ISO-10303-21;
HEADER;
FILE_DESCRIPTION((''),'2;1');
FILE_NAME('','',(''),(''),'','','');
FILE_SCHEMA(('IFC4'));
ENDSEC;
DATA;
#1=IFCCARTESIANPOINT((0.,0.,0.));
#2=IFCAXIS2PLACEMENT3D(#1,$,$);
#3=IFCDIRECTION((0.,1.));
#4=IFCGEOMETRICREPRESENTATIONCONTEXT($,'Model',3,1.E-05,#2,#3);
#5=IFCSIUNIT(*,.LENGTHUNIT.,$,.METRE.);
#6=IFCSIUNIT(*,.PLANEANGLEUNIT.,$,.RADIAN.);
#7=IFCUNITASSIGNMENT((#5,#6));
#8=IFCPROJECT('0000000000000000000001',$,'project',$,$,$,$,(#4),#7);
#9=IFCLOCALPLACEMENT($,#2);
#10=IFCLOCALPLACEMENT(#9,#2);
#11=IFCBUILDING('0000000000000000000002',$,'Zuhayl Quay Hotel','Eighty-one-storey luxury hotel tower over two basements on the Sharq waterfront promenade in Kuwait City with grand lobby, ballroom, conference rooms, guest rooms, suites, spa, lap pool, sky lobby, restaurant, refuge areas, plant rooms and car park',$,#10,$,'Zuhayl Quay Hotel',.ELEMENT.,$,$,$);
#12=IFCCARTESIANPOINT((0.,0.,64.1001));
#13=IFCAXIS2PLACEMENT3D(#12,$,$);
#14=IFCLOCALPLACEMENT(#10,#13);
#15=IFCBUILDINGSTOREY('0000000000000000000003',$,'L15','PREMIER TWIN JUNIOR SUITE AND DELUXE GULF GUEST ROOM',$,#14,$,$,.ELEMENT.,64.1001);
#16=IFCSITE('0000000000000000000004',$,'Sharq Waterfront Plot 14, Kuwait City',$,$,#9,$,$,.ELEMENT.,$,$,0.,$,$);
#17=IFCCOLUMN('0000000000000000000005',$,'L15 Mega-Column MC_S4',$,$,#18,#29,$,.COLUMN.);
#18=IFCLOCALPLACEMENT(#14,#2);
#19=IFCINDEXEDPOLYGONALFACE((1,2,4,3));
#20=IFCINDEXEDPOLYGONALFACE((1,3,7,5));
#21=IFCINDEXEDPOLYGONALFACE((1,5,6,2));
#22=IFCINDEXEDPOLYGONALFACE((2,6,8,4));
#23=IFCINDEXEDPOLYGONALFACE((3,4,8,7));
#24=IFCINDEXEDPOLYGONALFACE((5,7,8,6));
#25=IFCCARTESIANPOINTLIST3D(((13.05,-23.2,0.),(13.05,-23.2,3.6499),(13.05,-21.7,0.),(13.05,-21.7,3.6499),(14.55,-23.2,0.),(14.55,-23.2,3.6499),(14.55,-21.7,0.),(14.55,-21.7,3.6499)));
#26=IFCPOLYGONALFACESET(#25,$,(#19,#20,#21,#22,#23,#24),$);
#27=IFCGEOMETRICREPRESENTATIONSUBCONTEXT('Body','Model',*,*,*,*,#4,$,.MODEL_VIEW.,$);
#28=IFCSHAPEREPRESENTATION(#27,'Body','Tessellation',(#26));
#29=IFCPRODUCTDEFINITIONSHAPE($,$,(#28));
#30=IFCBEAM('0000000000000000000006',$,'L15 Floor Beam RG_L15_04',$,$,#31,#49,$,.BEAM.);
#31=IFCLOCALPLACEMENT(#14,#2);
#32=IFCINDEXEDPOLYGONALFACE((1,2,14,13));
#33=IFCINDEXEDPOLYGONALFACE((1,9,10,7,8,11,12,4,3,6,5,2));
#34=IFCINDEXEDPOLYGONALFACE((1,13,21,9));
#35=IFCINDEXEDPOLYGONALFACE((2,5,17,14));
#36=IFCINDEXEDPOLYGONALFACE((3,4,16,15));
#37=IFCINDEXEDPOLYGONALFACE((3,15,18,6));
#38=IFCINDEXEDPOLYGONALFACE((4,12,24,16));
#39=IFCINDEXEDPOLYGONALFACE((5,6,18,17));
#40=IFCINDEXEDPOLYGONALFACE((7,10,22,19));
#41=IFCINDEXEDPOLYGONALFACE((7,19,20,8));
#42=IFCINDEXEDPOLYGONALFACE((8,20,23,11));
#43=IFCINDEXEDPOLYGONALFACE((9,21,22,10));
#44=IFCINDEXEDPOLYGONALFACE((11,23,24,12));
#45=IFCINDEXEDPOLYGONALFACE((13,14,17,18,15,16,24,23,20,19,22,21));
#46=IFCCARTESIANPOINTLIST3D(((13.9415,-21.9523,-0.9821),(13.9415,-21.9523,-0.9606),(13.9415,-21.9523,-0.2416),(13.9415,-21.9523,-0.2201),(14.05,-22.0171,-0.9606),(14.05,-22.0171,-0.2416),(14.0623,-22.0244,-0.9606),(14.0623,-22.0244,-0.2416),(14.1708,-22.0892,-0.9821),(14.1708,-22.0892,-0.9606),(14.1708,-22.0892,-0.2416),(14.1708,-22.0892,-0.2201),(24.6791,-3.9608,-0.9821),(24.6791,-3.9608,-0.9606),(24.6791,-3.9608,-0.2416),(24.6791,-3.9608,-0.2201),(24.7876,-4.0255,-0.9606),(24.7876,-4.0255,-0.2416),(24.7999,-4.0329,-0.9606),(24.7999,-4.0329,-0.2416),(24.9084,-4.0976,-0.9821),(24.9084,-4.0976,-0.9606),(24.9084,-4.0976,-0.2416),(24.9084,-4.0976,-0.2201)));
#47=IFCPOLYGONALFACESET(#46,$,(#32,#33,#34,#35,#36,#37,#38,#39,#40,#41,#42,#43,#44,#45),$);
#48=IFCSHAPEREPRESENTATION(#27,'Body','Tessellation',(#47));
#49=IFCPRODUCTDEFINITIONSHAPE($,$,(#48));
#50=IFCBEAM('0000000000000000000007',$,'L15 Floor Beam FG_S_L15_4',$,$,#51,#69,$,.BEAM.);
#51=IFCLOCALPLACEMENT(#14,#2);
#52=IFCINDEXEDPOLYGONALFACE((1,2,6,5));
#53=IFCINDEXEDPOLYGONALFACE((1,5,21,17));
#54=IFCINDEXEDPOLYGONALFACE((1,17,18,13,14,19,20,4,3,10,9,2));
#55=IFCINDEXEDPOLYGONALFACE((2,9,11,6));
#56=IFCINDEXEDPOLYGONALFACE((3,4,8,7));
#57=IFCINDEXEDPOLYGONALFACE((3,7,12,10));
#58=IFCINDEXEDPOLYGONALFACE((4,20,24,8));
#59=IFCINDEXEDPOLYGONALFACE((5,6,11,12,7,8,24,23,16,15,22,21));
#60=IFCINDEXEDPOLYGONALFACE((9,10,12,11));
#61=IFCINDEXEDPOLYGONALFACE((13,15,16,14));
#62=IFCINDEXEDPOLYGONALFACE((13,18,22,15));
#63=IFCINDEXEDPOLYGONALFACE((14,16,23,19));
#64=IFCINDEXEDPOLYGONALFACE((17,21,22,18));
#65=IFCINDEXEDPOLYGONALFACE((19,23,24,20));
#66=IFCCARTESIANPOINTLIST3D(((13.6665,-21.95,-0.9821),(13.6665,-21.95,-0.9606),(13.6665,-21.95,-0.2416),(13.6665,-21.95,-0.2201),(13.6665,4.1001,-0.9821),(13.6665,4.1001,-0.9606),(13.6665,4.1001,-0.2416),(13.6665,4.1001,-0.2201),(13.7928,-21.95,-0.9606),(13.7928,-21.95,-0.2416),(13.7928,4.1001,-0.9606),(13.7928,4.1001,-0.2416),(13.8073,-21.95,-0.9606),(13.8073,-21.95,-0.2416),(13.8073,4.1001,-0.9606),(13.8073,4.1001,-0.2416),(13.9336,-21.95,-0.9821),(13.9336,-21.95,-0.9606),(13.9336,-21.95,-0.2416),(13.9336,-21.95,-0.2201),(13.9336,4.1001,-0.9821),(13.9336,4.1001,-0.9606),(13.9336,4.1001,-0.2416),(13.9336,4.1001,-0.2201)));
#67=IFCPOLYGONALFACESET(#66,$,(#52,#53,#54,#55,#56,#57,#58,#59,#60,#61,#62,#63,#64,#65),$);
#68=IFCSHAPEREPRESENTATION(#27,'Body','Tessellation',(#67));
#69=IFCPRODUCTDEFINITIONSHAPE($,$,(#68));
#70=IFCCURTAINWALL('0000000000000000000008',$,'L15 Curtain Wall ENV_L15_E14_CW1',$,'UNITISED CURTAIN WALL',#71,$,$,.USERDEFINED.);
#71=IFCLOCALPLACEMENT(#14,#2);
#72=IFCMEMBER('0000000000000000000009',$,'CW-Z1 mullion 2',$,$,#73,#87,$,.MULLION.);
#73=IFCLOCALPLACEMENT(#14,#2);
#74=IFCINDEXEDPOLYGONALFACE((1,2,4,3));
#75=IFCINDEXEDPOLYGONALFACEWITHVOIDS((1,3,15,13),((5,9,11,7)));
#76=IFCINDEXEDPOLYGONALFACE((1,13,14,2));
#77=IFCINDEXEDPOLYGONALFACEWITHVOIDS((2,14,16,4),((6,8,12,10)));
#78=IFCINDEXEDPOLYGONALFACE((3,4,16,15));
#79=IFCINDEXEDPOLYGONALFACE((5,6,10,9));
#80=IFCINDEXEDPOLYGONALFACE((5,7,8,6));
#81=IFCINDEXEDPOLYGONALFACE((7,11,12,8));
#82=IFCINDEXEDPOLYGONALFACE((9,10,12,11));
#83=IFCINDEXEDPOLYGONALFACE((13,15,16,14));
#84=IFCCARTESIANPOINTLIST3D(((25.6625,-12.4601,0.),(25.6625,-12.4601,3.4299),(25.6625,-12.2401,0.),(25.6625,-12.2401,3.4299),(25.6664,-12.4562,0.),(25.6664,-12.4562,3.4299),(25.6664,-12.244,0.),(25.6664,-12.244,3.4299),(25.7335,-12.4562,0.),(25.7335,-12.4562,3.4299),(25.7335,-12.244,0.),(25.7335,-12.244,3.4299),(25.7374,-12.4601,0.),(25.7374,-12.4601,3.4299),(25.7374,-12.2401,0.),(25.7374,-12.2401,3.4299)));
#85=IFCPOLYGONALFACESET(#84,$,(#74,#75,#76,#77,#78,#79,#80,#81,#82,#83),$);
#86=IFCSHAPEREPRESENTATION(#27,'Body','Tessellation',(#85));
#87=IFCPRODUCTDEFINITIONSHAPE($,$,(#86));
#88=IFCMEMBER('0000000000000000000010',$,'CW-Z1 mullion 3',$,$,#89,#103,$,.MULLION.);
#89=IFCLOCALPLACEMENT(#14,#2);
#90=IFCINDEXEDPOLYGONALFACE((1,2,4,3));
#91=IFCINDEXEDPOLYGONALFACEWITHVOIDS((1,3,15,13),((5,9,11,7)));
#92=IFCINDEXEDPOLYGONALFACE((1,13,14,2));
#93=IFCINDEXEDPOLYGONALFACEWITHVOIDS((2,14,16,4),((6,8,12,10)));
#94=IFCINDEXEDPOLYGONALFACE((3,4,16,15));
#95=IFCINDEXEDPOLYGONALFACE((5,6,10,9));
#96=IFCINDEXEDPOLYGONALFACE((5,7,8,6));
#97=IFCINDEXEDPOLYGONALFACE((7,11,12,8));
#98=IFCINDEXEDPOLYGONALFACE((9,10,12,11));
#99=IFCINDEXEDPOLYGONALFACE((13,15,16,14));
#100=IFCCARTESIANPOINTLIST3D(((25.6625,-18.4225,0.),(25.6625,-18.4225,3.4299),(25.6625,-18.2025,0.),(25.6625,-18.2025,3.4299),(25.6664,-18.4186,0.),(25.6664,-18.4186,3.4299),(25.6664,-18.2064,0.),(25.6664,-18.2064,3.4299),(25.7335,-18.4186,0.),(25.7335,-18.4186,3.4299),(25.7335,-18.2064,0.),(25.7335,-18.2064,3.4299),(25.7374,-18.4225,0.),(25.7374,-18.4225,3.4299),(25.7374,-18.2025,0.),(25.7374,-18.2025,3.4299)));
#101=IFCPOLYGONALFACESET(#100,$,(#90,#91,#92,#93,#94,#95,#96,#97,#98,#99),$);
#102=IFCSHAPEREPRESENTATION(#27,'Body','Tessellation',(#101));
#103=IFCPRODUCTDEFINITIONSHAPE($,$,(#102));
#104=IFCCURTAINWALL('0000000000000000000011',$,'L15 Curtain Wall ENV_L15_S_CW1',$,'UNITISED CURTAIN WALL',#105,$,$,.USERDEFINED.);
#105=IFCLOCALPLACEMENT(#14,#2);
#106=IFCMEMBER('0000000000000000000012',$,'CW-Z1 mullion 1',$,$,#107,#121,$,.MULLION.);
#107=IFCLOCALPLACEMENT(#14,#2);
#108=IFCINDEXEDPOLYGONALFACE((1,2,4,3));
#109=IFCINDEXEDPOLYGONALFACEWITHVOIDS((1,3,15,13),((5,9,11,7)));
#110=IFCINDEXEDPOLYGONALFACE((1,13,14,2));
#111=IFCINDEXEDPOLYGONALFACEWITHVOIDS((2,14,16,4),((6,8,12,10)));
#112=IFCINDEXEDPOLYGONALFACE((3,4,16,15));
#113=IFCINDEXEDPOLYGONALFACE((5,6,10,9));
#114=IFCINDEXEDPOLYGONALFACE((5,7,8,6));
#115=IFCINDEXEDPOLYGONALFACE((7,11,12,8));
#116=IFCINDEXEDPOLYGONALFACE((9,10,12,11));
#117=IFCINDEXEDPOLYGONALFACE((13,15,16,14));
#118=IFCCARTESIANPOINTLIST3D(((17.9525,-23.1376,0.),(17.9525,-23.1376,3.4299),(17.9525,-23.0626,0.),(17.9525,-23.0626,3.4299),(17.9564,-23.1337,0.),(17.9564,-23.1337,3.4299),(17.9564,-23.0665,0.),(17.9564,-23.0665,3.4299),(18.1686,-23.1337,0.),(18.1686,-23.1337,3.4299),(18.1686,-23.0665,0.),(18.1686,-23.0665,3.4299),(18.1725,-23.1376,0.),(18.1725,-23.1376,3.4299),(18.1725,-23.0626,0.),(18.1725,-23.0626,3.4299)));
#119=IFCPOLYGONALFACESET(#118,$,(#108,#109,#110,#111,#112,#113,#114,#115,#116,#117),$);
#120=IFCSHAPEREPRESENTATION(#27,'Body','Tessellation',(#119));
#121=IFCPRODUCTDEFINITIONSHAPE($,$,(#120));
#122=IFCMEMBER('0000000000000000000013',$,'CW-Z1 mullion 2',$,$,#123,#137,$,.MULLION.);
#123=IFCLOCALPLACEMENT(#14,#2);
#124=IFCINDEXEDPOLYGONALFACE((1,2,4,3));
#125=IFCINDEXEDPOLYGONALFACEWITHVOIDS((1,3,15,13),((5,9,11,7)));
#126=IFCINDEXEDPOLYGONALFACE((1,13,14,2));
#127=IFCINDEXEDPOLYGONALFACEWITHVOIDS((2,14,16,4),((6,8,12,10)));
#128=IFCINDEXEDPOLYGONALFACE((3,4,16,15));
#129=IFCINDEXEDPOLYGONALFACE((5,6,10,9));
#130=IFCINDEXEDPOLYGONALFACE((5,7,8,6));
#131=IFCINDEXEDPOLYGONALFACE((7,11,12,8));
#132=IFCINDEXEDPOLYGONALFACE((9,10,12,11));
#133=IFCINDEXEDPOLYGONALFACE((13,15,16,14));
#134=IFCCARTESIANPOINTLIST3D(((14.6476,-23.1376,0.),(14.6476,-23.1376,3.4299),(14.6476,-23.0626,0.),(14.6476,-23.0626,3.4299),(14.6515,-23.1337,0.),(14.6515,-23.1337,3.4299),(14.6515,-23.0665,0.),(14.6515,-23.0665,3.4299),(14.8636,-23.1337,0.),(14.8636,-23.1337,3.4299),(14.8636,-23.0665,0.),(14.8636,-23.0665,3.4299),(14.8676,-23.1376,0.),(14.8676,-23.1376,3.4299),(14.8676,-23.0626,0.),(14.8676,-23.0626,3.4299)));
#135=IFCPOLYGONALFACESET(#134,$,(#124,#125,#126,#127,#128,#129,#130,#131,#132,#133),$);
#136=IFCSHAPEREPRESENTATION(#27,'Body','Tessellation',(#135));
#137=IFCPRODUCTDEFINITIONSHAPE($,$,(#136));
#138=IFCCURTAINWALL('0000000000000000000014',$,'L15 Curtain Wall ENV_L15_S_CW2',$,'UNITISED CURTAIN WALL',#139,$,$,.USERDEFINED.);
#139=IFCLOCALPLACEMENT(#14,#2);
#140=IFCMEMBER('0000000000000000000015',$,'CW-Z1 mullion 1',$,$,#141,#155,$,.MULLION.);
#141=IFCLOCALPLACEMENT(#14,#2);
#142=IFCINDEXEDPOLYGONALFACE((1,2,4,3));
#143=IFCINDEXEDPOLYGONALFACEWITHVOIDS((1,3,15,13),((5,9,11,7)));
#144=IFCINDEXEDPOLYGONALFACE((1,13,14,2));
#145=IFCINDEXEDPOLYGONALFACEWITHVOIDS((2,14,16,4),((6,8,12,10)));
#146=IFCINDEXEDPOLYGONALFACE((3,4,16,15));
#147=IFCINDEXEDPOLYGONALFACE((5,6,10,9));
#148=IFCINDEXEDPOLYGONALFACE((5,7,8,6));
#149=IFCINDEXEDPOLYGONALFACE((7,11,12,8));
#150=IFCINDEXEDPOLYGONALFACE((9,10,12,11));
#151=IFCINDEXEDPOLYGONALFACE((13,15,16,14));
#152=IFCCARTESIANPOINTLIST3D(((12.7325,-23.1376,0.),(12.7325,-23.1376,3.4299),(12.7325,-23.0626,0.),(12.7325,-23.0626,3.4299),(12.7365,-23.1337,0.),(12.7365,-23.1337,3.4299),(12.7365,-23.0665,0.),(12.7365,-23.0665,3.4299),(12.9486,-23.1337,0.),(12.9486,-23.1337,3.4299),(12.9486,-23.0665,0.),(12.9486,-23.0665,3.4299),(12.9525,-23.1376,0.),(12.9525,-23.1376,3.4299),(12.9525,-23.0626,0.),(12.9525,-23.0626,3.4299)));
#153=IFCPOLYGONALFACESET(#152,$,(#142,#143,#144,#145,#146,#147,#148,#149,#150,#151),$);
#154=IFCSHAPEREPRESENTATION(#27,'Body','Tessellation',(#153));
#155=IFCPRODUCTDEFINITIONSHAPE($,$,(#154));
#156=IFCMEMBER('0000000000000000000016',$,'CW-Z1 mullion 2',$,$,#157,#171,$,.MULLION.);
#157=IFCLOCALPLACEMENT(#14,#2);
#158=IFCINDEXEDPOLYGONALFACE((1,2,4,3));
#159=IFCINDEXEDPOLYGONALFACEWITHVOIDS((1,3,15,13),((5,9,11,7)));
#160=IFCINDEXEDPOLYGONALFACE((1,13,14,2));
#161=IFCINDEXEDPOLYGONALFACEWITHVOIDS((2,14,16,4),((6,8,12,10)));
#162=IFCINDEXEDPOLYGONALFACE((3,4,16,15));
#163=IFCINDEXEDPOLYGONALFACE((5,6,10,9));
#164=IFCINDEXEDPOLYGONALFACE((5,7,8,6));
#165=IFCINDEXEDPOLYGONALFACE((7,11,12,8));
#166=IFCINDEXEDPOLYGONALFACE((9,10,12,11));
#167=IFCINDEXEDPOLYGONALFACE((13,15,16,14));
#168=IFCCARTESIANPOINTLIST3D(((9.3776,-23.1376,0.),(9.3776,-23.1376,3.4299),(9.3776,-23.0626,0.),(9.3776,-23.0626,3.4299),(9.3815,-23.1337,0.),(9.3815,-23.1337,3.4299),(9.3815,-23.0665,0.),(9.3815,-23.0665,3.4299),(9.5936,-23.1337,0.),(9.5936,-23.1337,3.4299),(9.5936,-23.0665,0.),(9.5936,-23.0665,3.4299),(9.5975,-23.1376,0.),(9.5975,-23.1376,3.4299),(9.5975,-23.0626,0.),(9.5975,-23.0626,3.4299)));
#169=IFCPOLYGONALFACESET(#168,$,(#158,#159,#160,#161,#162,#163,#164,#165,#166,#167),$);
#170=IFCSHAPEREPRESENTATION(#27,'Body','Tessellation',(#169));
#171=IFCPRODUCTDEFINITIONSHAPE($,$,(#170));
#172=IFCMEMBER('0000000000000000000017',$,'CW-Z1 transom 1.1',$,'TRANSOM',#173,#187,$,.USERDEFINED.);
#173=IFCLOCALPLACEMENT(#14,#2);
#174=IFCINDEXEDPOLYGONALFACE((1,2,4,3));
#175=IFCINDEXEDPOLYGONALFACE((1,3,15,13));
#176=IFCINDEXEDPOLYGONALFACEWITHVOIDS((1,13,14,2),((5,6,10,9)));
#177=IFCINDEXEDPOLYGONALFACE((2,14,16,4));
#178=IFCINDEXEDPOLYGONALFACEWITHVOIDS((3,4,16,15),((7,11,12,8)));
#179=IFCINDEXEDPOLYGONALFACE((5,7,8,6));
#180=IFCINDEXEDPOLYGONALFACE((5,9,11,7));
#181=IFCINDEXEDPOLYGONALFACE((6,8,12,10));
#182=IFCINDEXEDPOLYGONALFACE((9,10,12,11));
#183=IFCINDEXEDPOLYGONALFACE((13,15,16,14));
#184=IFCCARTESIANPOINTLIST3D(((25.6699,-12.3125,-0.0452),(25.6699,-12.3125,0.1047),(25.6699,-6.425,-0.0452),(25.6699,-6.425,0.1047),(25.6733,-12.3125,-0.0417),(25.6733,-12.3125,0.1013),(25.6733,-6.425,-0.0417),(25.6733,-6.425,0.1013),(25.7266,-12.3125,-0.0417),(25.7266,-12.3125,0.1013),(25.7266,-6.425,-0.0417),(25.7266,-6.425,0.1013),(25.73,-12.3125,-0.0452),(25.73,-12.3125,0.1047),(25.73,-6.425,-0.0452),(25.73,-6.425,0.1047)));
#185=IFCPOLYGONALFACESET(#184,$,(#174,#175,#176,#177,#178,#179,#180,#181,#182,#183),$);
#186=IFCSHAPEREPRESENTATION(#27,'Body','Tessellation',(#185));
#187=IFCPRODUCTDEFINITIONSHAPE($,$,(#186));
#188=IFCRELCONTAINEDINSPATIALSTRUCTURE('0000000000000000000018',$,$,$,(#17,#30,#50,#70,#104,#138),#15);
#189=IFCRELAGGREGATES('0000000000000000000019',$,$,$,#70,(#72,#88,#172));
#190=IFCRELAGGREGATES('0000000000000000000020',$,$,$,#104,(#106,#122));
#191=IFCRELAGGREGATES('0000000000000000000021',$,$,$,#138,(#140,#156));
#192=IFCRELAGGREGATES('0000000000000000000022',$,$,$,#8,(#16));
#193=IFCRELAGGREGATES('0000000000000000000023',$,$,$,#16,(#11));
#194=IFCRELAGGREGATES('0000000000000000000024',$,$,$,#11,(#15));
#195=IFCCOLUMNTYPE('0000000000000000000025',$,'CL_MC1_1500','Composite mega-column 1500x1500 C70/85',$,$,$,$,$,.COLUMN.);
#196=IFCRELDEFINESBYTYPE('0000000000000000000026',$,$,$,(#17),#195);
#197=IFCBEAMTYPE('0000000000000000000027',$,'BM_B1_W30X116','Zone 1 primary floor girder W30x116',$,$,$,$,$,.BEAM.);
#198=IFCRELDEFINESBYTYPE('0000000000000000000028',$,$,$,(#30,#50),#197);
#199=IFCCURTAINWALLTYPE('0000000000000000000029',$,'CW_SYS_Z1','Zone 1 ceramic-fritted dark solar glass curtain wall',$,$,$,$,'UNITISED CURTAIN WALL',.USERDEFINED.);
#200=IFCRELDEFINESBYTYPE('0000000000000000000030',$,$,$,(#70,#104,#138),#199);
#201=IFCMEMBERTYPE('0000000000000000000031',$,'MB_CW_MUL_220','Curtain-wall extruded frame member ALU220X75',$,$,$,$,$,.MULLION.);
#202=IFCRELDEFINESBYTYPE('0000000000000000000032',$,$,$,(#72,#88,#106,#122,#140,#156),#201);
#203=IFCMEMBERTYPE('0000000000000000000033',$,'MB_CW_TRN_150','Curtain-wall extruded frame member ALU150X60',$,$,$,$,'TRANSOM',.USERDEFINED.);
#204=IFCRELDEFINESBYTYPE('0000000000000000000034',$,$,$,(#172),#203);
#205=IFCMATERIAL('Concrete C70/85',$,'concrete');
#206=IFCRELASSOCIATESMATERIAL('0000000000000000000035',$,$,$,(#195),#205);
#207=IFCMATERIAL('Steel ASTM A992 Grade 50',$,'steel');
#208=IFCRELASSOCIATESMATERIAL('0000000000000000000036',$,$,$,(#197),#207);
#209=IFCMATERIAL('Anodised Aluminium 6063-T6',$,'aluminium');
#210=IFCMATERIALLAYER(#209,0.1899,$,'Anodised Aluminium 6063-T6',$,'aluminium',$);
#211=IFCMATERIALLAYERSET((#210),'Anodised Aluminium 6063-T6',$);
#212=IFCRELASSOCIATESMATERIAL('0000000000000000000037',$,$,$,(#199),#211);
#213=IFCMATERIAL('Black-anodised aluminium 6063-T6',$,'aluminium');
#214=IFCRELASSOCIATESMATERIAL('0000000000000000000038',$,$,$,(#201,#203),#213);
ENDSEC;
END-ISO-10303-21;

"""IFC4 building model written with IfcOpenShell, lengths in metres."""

from ifc_helpers import new_model, si_unit, direction, frame, origin, origin_2d, place, context, subcontext, project, spatial, rectangle, hollow_rectangle, i_section, extrude, material, layer, layer_set, material_profile, profile_set, type_object, element, aggregate, save


model = new_model("IFC4")

# Units and contexts
model_context = context("Model", 3, precision=1e-05, world=origin(), true_north=direction((0.0, 1.0)))
body_context = subcontext(model_context, "Body", "Model", "MODEL_VIEW")
ifc_project = project(units=[si_unit("LENGTHUNIT", "METRE"), si_unit("PLANEANGLEUNIT", "RADIAN")], contexts=[model_context])

# Site, building, storey
site_placement = place(None, origin())
site = spatial("IfcSite", under=ifc_project, at=site_placement, Name="Sharq Waterfront Plot 14, Kuwait City", CompositionType="ELEMENT", RefElevation=0.0)
building_placement = place(site_placement, origin())
building = spatial("IfcBuilding", under=site, at=building_placement, Name="Zuhayl Quay Hotel", Description="Eighty-one-storey luxury hotel tower over two basements on the Sharq waterfront promenade in Kuwait City with grand lobby, ballroom, conference rooms, guest rooms, suites, spa, lap pool, sky lobby, restaurant, refuge areas, plant rooms and car park", LongName="Zuhayl Quay Hotel", CompositionType="ELEMENT")
storey_placement = place(building_placement, frame((0.0, 0.0, 64.1001)))
storey = spatial("IfcBuildingStorey", under=building, at=storey_placement, Name="L15", Description="PREMIER TWIN JUNIOR SUITE AND DELUXE GULF GUEST ROOM", CompositionType="ELEMENT", Elevation=64.1001)

# Column
ifc_material_1 = material(Name="Concrete C70/85", Category="concrete")
ifc_material_profile_1 = material_profile(ifc_material_1, rectangle(XDim=1.5, YDim=1.5, at=origin_2d()), Name="RC1500X1500")
ifc_profile_set_1 = profile_set([ifc_material_profile_1], Name="Concrete C70/85")
column_type = type_object("IfcColumnType", Name="CL_MC1_1500", Description="Composite mega-column 1500x1500 C70/85", PredefinedType="COLUMN", material=ifc_profile_set_1)
column_placement = place(storey_placement, frame((13.8, -22.45, 0.0), z_axis=(0.0, 0.0, 1.0), x_axis=(1.0, 0.0, 0.0)))
element("IfcColumn", 1, at=column_placement, inside=storey, type_object=column_type, Name="L15 Mega-Column MC_S4", PredefinedType="COLUMN", context=body_context, shape_type="SweptSolid", body=[
    extrude(rectangle(XDim=1.5, YDim=1.5, at=origin_2d()), origin(), (0.0, 0.0, 1.0), 3.6499),
])

# Beams
ifc_material_2 = material(Name="Steel ASTM A992 Grade 50", Category="steel")
ifc_material_profile_2 = material_profile(ifc_material_2, i_section(OverallWidth=0.2671, OverallDepth=0.762, WebThickness=0.0144, FlangeThickness=0.0215, at=origin_2d()), Name="W30X116")
ifc_profile_set_2 = profile_set([ifc_material_profile_2], Name="Steel ASTM A992 Grade 50")
beam_type = type_object("IfcBeamType", Name="BM_B1_W30X116", Description="Zone 1 primary floor girder W30x116", PredefinedType="BEAM", material=ifc_profile_set_2)
beam_1_placement = place(storey_placement, frame((14.0562, -22.0208, -0.6011), z_axis=(0.512483, 0.858698, 0.0), x_axis=(-0.858698, 0.512483, 0.0)))
element("IfcBeam", 2, at=beam_1_placement, inside=storey, type_object=beam_type, Name="L15 Floor Beam RG_L15_04", PredefinedType="BEAM", context=body_context, shape_type="SweptSolid", body=[
    extrude(i_section(OverallWidth=0.2671, OverallDepth=0.762, WebThickness=0.0144, FlangeThickness=0.0215, at=origin_2d()), origin(), (0.0, 0.0, 1.0), 20.9521),
])
beam_2_placement = place(storey_placement, frame((13.8, -21.95, -0.6011), z_axis=(0.0, 1.0, 0.0), x_axis=(-1.0, 0.0, 0.0)))
element("IfcBeam", 3, at=beam_2_placement, inside=storey, type_object=beam_type, Name="L15 Floor Beam FG_S_L15_4", PredefinedType="BEAM", context=body_context, shape_type="SweptSolid", body=[
    extrude(i_section(OverallWidth=0.2671, OverallDepth=0.762, WebThickness=0.0144, FlangeThickness=0.0215, at=origin_2d()), origin(), (0.0, 0.0, 1.0), 26.05),
])

# Curtain walls, members
ifc_material_3 = material(Name="Anodised Aluminium 6063-T6", Category="aluminium")
ifc_layer_1 = layer(ifc_material_3, 0.1899, Name="Anodised Aluminium 6063-T6", Category="aluminium")
ifc_layer_set_1 = layer_set([ifc_layer_1], Name="Anodised Aluminium 6063-T6")
curtain_wall_type = type_object("IfcCurtainWallType", Name="CW_SYS_Z1", Description="Zone 1 ceramic-fritted dark solar glass curtain wall", ElementType="UNITISED CURTAIN WALL", PredefinedType="USERDEFINED", material=ifc_layer_set_1)
curtain_wall_1_placement = place(storey_placement, origin())
curtain_wall_1 = element("IfcCurtainWall", 4, at=curtain_wall_1_placement, inside=storey, type_object=curtain_wall_type, Name="L15 Curtain Wall ENV_L15_E14_CW1", ObjectType="UNITISED CURTAIN WALL", PredefinedType="USERDEFINED")
ifc_material_4 = material(Name="Black-anodised aluminium 6063-T6", Category="aluminium")
ifc_material_profile_3 = material_profile(ifc_material_4, hollow_rectangle(XDim=0.075, YDim=0.22, WallThickness=0.0039, at=origin_2d()), Name="ALU220X75")
ifc_profile_set_3 = profile_set([ifc_material_profile_3], Name="Black-anodised aluminium 6063-T6")
member_type_1 = type_object("IfcMemberType", Name="MB_CW_MUL_220", Description="Curtain-wall extruded frame member ALU220X75", PredefinedType="MULLION", material=ifc_profile_set_3)
member_1_placement = place(storey_placement, frame((25.7, -12.3501, 0.0), z_axis=(0.0, 0.0, 1.0), x_axis=(1.0, 0.0, 0.0)))
member_1 = element("IfcMember", 5, at=member_1_placement, type_object=member_type_1, Name="CW-Z1 mullion 2", PredefinedType="MULLION", context=body_context, shape_type="SweptSolid", body=[
    extrude(hollow_rectangle(XDim=0.075, YDim=0.22, WallThickness=0.0039, at=origin_2d()), origin(), (0.0, 0.0, 1.0), 3.4299),
])
member_2_placement = place(storey_placement, frame((25.7, -18.3125, 0.0), z_axis=(0.0, 0.0, 1.0), x_axis=(1.0, 0.0, 0.0)))
member_2 = element("IfcMember", 6, at=member_2_placement, type_object=member_type_1, Name="CW-Z1 mullion 3", PredefinedType="MULLION", context=body_context, shape_type="SweptSolid", body=[
    extrude(hollow_rectangle(XDim=0.075, YDim=0.22, WallThickness=0.0039, at=origin_2d()), origin(), (0.0, 0.0, 1.0), 3.4299),
])
curtain_wall_2_placement = place(storey_placement, origin())
curtain_wall_2 = element("IfcCurtainWall", 7, at=curtain_wall_2_placement, inside=storey, type_object=curtain_wall_type, Name="L15 Curtain Wall ENV_L15_S_CW1", ObjectType="UNITISED CURTAIN WALL", PredefinedType="USERDEFINED")
member_3_placement = place(storey_placement, frame((18.0625, -23.1001, 0.0), z_axis=(0.0, 0.0, 1.0), x_axis=(0.0, -1.0, 0.0)))
member_3 = element("IfcMember", 8, at=member_3_placement, type_object=member_type_1, Name="CW-Z1 mullion 1", PredefinedType="MULLION", context=body_context, shape_type="SweptSolid", body=[
    extrude(hollow_rectangle(XDim=0.075, YDim=0.22, WallThickness=0.0039, at=origin_2d()), origin(), (0.0, 0.0, 1.0), 3.4299),
])
member_4_placement = place(storey_placement, frame((14.7576, -23.1001, 0.0), z_axis=(0.0, 0.0, 1.0), x_axis=(0.0, -1.0, 0.0)))
member_4 = element("IfcMember", 9, at=member_4_placement, type_object=member_type_1, Name="CW-Z1 mullion 2", PredefinedType="MULLION", context=body_context, shape_type="SweptSolid", body=[
    extrude(hollow_rectangle(XDim=0.075, YDim=0.22, WallThickness=0.0039, at=origin_2d()), origin(), (0.0, 0.0, 1.0), 3.4299),
])
curtain_wall_3_placement = place(storey_placement, origin())
curtain_wall_3 = element("IfcCurtainWall", 10, at=curtain_wall_3_placement, inside=storey, type_object=curtain_wall_type, Name="L15 Curtain Wall ENV_L15_S_CW2", ObjectType="UNITISED CURTAIN WALL", PredefinedType="USERDEFINED")
member_5_placement = place(storey_placement, frame((12.8425, -23.1001, 0.0), z_axis=(0.0, 0.0, 1.0), x_axis=(0.0, -1.0, 0.0)))
member_5 = element("IfcMember", 11, at=member_5_placement, type_object=member_type_1, Name="CW-Z1 mullion 1", PredefinedType="MULLION", context=body_context, shape_type="SweptSolid", body=[
    extrude(hollow_rectangle(XDim=0.075, YDim=0.22, WallThickness=0.0039, at=origin_2d()), origin(), (0.0, 0.0, 1.0), 3.4299),
])
member_6_placement = place(storey_placement, frame((9.4875, -23.1001, 0.0), z_axis=(0.0, 0.0, 1.0), x_axis=(0.0, -1.0, 0.0)))
member_6 = element("IfcMember", 12, at=member_6_placement, type_object=member_type_1, Name="CW-Z1 mullion 2", PredefinedType="MULLION", context=body_context, shape_type="SweptSolid", body=[
    extrude(hollow_rectangle(XDim=0.075, YDim=0.22, WallThickness=0.0039, at=origin_2d()), origin(), (0.0, 0.0, 1.0), 3.4299),
])

# Member
ifc_material_profile_4 = material_profile(ifc_material_4, hollow_rectangle(XDim=0.0601, YDim=0.1499, WallThickness=0.0034, at=origin_2d()), Name="ALU150X60")
ifc_profile_set_4 = profile_set([ifc_material_profile_4], Name="Black-anodised aluminium 6063-T6")
member_type_2 = type_object("IfcMemberType", Name="MB_CW_TRN_150", Description="Curtain-wall extruded frame member ALU150X60", ElementType="TRANSOM", PredefinedType="USERDEFINED", material=ifc_profile_set_4)
member_7_placement = place(storey_placement, frame((25.7, -6.425, 0.0298), z_axis=(0.0, -1.0, 0.0), x_axis=(1.0, 0.0, 0.0)))
member_7 = element("IfcMember", 13, at=member_7_placement, type_object=member_type_2, Name="CW-Z1 transom 1.1", ObjectType="TRANSOM", PredefinedType="USERDEFINED", context=body_context, shape_type="SweptSolid", body=[
    extrude(hollow_rectangle(XDim=0.0601, YDim=0.1499, WallThickness=0.0034, at=origin_2d()), origin(), (0.0, 0.0, 1.0), 5.8875),
])

aggregate(curtain_wall_1, [member_1, member_2, member_7])
aggregate(curtain_wall_2, [member_3, member_4])
aggregate(curtain_wall_3, [member_5, member_6])

save(model, "model.ifc")
